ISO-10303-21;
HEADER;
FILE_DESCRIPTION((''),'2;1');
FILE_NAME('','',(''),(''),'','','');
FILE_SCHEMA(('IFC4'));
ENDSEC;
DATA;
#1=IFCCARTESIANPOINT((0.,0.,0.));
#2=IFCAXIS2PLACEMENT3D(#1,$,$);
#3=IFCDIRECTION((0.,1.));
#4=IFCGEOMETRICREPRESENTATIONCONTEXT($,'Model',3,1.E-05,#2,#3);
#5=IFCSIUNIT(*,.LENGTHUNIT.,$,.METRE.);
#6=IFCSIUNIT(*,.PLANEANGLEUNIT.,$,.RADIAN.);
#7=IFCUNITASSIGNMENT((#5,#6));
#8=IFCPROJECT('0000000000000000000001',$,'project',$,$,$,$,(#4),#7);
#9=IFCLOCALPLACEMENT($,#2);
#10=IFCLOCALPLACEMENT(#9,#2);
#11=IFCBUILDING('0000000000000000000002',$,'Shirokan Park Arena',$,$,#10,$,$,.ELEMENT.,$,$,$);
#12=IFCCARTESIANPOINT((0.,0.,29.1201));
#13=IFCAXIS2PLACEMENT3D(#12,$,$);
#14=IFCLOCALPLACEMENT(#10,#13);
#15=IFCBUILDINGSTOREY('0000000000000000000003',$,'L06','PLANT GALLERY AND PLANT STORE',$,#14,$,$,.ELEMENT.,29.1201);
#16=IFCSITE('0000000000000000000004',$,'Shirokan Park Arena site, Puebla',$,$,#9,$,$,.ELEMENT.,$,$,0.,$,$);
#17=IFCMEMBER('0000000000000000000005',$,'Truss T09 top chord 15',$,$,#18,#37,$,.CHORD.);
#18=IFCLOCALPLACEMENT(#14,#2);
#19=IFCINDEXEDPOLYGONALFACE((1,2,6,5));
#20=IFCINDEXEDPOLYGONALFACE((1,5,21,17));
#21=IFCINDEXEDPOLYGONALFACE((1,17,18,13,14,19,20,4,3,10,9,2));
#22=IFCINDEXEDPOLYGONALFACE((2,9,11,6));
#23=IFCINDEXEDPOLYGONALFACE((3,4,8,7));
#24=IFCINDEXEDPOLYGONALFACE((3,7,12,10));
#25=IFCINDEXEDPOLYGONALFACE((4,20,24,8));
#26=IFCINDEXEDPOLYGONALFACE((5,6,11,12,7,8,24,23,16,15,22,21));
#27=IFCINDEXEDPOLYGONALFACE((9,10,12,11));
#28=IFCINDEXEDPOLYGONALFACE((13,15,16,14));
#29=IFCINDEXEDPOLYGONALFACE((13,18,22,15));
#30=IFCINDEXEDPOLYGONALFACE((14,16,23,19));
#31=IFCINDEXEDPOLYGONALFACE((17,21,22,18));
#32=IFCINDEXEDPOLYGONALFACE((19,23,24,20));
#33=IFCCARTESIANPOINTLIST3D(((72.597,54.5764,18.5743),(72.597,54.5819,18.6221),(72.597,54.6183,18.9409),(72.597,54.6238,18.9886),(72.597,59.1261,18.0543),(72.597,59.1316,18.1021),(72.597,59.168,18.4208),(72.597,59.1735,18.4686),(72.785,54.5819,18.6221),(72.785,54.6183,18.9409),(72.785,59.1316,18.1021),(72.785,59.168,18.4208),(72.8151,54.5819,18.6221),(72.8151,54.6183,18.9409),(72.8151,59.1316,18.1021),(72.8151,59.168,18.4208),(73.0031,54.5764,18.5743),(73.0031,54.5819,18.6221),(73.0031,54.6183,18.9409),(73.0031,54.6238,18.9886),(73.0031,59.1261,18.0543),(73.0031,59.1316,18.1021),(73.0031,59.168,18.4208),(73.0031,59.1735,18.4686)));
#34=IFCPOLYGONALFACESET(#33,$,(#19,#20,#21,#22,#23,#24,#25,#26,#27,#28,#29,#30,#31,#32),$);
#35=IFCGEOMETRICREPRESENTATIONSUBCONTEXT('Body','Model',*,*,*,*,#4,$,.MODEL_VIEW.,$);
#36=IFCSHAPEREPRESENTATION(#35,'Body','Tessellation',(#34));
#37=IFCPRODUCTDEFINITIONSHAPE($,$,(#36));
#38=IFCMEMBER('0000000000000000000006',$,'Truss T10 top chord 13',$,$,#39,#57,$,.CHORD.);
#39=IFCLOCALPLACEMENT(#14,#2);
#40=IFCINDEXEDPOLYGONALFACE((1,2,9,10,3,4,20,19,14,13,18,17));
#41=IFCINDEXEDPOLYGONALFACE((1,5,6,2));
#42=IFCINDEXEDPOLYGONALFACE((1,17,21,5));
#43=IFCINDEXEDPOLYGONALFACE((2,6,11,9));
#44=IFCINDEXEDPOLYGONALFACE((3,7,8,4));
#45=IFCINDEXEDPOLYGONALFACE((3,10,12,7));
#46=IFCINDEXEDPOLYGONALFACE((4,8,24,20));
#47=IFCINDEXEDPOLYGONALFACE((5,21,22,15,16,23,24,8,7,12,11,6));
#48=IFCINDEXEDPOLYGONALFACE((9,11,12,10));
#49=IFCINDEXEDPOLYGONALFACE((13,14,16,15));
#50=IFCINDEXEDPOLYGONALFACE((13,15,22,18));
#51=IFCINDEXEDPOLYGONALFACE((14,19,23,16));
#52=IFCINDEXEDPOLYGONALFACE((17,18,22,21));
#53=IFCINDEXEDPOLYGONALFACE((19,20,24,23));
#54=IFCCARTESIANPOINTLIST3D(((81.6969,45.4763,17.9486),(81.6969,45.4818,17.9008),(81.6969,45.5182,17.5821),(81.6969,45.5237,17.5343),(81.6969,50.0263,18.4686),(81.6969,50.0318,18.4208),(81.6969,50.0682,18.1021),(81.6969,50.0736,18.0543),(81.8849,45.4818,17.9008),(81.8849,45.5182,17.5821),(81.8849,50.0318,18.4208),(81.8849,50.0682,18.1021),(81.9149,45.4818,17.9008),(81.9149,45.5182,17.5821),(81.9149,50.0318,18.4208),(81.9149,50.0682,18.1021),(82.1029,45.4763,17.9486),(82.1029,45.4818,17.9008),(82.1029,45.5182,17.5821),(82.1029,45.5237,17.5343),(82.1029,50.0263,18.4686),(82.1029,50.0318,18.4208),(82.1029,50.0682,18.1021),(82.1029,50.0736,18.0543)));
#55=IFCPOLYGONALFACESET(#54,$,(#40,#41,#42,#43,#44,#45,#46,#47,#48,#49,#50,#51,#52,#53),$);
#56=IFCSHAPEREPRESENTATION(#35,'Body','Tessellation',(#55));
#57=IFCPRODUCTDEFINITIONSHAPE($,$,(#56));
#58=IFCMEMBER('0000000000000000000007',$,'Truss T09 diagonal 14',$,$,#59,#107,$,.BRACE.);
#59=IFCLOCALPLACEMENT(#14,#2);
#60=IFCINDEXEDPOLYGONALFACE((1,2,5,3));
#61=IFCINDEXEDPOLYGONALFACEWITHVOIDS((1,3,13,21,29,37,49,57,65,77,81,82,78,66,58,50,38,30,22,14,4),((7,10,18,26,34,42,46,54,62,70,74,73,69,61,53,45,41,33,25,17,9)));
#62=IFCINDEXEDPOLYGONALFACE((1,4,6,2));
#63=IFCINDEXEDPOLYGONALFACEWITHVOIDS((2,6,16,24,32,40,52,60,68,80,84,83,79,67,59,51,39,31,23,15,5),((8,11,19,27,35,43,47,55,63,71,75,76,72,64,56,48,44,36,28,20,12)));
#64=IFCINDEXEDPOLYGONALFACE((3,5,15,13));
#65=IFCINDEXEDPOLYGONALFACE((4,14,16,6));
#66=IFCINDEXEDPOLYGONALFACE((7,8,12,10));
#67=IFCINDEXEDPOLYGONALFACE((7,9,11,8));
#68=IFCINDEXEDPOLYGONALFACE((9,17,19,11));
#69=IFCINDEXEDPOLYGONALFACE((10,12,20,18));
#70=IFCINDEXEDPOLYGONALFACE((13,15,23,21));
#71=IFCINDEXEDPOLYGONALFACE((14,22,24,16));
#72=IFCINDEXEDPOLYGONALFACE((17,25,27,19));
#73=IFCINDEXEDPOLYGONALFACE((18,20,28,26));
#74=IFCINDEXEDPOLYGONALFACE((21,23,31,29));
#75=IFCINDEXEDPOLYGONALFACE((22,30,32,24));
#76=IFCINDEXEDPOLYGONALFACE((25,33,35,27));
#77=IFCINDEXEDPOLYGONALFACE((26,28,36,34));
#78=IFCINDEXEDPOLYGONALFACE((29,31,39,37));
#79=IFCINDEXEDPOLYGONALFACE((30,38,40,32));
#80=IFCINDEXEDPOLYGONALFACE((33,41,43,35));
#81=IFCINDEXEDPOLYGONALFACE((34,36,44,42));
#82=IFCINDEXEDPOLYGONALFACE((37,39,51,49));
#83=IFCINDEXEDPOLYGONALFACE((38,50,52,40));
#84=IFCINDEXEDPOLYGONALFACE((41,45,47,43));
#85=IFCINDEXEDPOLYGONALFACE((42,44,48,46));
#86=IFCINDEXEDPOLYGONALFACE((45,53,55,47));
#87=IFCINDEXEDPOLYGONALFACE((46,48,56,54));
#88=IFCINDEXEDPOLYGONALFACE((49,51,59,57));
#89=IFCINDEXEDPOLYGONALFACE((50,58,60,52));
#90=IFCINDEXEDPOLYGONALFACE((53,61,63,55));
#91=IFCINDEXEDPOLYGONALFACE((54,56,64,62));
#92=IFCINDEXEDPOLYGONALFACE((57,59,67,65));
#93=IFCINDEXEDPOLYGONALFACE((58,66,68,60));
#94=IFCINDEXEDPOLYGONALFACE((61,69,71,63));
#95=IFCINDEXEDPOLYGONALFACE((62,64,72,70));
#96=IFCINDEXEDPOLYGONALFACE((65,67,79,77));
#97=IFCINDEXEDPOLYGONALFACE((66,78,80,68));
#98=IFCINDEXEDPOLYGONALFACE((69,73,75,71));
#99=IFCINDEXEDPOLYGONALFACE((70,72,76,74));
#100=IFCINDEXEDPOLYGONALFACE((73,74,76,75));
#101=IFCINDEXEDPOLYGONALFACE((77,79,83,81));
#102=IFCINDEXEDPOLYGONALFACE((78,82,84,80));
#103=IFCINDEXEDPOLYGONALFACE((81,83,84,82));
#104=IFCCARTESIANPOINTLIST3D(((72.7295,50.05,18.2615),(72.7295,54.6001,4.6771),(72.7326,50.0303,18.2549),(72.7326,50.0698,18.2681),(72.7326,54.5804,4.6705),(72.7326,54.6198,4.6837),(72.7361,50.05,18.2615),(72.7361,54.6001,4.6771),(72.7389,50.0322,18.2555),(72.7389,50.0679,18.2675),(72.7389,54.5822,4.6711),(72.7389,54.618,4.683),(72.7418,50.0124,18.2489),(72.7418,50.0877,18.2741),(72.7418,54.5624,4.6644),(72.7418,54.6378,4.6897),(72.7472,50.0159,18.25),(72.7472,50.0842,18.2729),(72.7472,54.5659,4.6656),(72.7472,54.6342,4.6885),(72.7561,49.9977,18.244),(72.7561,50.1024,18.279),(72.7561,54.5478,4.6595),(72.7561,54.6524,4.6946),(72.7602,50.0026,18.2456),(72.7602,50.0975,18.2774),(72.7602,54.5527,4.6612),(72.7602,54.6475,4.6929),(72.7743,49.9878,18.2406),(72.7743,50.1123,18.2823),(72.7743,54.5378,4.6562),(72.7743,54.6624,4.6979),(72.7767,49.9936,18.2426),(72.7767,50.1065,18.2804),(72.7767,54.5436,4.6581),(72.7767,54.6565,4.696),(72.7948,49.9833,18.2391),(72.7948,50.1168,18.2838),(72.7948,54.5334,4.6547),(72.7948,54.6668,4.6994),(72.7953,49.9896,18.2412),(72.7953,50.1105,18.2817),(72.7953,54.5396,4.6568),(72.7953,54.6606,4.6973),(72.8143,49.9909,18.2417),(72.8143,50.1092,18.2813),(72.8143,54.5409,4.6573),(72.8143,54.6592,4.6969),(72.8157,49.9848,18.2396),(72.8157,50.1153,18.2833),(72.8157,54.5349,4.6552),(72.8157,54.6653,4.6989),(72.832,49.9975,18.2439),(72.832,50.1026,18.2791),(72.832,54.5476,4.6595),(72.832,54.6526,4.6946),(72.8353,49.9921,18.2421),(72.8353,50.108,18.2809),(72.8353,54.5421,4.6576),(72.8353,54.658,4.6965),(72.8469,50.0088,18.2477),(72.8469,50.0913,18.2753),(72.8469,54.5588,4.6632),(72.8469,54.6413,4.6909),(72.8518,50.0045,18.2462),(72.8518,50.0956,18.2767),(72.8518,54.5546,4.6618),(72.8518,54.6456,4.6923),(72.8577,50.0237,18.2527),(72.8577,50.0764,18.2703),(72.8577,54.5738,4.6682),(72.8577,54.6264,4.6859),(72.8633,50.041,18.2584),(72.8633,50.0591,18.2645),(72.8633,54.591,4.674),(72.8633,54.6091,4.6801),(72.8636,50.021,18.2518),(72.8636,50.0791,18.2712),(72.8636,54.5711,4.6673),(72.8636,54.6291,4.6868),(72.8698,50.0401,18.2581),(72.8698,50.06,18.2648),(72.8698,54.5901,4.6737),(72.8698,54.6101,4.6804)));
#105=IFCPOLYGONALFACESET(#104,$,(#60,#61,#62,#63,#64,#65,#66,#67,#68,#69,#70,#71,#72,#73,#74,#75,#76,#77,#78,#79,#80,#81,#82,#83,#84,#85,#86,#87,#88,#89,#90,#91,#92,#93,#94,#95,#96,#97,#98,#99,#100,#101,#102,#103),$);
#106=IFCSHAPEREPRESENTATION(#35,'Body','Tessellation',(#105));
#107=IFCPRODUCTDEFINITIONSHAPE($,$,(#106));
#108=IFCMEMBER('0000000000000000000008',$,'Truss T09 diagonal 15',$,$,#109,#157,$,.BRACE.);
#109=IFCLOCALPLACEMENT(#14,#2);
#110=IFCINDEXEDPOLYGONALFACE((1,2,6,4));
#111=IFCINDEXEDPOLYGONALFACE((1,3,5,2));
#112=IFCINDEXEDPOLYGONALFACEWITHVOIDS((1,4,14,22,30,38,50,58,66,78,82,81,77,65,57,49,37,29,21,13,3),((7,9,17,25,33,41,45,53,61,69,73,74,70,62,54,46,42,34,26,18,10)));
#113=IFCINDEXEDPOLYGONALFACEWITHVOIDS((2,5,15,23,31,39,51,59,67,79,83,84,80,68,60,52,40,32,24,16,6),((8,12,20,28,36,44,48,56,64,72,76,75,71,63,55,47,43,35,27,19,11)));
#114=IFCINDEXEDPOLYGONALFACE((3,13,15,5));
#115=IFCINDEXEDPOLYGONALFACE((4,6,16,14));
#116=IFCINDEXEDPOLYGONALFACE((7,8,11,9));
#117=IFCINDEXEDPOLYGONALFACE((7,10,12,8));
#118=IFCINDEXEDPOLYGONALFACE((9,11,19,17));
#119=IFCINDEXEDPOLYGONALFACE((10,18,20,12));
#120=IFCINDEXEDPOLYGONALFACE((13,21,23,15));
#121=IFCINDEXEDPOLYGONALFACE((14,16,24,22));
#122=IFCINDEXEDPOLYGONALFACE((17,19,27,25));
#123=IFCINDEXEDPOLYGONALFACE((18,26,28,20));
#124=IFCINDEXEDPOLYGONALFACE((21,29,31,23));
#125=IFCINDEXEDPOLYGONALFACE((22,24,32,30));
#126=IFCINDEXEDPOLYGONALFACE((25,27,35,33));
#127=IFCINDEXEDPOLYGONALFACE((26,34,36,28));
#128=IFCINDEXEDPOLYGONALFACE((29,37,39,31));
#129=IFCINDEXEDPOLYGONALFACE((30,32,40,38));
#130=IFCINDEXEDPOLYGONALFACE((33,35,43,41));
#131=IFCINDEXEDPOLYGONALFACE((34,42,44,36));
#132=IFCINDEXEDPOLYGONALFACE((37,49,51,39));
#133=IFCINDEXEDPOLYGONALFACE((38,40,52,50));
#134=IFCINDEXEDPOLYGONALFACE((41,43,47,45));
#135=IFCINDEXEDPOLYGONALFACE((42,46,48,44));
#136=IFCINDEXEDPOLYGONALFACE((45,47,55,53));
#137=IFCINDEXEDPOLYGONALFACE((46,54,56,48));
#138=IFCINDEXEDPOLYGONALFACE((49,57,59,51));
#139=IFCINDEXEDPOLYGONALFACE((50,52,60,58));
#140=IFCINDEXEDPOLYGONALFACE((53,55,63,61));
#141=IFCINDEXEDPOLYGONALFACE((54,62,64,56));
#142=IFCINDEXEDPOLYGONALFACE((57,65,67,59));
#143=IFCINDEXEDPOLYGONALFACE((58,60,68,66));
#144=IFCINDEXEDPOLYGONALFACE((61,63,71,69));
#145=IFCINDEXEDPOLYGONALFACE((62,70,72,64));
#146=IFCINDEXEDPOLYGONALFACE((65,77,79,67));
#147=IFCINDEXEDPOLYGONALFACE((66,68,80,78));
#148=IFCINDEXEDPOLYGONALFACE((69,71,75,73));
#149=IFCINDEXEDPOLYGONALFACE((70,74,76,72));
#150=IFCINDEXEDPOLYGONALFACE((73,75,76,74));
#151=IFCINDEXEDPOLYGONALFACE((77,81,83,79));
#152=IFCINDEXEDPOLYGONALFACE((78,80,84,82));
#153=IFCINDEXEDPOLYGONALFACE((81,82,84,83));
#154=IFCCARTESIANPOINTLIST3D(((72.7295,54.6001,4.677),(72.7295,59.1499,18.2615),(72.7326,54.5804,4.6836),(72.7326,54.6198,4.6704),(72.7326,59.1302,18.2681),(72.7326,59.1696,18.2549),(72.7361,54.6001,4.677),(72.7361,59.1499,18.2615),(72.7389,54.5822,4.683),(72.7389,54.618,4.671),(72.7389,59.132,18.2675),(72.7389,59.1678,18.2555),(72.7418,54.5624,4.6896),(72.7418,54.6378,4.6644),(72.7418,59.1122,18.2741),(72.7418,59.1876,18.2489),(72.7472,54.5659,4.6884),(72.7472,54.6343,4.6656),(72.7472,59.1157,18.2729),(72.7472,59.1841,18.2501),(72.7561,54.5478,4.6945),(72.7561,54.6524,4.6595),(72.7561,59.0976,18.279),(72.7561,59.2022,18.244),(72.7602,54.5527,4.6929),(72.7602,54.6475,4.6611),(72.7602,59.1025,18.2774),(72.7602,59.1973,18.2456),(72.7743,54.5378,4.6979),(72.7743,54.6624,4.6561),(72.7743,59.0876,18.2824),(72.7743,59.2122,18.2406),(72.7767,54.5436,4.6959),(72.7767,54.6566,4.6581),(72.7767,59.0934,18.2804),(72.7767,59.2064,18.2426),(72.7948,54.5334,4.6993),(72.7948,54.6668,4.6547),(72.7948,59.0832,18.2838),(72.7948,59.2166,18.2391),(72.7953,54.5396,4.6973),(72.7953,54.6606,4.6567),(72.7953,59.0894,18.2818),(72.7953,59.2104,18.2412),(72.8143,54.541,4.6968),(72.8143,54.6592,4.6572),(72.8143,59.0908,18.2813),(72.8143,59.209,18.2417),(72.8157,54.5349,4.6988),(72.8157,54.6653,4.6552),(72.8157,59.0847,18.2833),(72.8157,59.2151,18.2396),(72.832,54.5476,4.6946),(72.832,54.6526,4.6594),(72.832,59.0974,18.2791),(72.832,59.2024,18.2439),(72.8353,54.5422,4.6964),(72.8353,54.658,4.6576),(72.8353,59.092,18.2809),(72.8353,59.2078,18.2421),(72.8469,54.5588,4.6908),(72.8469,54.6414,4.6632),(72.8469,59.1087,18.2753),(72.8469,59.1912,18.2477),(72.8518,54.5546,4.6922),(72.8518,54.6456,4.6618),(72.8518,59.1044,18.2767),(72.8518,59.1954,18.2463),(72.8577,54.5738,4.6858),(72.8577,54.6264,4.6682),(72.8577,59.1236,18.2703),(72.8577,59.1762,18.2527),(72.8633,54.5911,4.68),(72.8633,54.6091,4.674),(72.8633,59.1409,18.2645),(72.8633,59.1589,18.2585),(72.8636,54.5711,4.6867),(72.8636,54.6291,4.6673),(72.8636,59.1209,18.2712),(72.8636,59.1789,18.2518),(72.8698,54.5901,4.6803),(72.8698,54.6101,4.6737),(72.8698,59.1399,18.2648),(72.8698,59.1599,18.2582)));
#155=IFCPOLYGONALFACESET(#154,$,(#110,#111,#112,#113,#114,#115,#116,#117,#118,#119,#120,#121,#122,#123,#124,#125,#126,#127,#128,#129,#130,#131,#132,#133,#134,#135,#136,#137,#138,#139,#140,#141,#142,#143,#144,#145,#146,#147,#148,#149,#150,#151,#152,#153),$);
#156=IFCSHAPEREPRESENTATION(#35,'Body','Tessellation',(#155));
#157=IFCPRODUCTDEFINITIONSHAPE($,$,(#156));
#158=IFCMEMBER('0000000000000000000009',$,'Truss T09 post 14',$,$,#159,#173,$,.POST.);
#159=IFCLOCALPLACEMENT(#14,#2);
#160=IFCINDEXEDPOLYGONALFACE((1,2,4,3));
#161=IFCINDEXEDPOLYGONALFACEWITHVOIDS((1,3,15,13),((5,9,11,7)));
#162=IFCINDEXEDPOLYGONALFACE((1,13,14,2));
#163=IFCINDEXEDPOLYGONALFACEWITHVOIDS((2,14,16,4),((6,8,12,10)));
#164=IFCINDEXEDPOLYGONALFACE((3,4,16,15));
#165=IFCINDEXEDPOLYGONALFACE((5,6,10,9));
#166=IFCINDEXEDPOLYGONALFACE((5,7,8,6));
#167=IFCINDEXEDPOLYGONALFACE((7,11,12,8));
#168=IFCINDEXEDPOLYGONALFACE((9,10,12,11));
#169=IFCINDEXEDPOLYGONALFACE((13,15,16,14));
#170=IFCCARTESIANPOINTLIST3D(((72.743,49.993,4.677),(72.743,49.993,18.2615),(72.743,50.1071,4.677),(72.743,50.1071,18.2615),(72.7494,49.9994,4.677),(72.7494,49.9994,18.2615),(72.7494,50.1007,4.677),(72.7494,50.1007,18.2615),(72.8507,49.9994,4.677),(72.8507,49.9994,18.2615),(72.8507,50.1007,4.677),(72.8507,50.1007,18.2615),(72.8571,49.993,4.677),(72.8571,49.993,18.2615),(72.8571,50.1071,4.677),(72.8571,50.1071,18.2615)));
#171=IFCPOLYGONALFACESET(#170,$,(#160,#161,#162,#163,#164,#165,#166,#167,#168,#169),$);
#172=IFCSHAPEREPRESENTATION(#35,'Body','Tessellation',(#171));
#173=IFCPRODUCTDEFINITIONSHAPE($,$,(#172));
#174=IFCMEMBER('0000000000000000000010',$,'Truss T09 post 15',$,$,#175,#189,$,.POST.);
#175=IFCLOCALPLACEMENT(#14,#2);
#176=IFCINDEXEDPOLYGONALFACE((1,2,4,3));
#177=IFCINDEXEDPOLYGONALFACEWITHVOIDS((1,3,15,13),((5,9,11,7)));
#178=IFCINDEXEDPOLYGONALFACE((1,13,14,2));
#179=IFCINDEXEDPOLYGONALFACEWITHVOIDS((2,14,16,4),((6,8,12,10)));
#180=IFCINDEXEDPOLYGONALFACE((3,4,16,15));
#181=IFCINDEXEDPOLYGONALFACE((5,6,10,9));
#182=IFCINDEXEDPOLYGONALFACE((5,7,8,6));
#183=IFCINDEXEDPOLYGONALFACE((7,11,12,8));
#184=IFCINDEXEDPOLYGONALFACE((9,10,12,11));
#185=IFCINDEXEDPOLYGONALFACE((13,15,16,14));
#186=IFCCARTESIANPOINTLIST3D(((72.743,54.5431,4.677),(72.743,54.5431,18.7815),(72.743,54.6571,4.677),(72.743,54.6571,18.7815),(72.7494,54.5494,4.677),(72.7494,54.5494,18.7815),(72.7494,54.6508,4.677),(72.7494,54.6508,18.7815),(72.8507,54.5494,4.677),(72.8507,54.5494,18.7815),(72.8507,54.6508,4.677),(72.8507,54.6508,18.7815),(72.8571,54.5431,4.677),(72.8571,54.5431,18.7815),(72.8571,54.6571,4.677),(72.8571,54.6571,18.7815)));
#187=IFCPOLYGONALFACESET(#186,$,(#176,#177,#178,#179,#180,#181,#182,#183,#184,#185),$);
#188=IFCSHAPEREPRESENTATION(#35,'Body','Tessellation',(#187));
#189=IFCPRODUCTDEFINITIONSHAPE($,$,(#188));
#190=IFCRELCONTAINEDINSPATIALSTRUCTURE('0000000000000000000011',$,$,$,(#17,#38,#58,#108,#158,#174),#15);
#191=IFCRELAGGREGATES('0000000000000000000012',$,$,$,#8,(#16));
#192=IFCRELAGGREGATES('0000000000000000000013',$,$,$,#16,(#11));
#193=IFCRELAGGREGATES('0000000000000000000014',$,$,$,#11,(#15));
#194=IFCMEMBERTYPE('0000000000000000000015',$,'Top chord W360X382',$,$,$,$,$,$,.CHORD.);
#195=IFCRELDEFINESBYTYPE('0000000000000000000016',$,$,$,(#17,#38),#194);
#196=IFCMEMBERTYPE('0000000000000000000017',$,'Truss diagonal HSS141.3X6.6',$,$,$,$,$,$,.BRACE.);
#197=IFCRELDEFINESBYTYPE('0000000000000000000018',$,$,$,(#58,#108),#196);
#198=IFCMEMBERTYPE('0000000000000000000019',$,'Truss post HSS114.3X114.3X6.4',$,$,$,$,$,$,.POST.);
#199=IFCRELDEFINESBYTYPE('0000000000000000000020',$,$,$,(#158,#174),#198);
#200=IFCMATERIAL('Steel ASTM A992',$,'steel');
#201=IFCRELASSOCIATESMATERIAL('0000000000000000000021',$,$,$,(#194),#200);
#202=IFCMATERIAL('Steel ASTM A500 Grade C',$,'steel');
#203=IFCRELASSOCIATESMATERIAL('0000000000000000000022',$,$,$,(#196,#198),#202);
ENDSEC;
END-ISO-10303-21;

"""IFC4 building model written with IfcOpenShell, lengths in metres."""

from ifc_helpers import new_model, si_unit, direction, frame, origin, origin_2d, place, context, subcontext, project, spatial, hollow_rectangle, hollow_circle, i_section, extrude, material, material_profile, profile_set, type_object, element, save


model = new_model("IFC4")

# Units and contexts
model_context = context("Model", 3, precision=1e-05, world=origin(), true_north=direction((0.0, 1.0)))
body_context = subcontext(model_context, "Body", "Model", "MODEL_VIEW")
ifc_project = project(units=[si_unit("LENGTHUNIT", "METRE"), si_unit("PLANEANGLEUNIT", "RADIAN")], contexts=[model_context])

# Site, building, storey
site_placement = place(None, origin())
site = spatial("IfcSite", under=ifc_project, at=site_placement, Name="Shirokan Park Arena site, Puebla", CompositionType="ELEMENT", RefElevation=0.0)
building_placement = place(site_placement, origin())
building = spatial("IfcBuilding", under=site, at=building_placement, Name="Shirokan Park Arena", CompositionType="ELEMENT")
storey_placement = place(building_placement, frame((0.0, 0.0, 29.1201)))
storey = spatial("IfcBuildingStorey", under=building, at=storey_placement, Name="L06", Description="PLANT GALLERY AND PLANT STORE", CompositionType="ELEMENT", Elevation=29.1201)

# Members
ifc_material_1 = material(Name="Steel ASTM A992", Category="steel")
ifc_material_profile_1 = material_profile(ifc_material_1, i_section(OverallWidth=0.406, OverallDepth=0.417, WebThickness=0.03, FlangeThickness=0.0481, at=origin_2d()), Name="W360X382")
ifc_profile_set_1 = profile_set([ifc_material_profile_1], Name="Steel ASTM A992")
member_type_1 = type_object("IfcMemberType", Name="Top chord W360X382", PredefinedType="CHORD", material=ifc_profile_set_1)
member_1_placement = place(storey_placement, frame((72.8, 54.6001, 18.7815), z_axis=(0.0, 0.993532, -0.113556), x_axis=(-1.0, 0.0, 0.0)))
element("IfcMember", 1, at=member_1_placement, inside=storey, type_object=member_type_1, Name="Truss T09 top chord 15", PredefinedType="CHORD", context=body_context, shape_type="SweptSolid", body=[
    extrude(i_section(OverallWidth=0.406, OverallDepth=0.417, WebThickness=0.03, FlangeThickness=0.0481, at=origin_2d()), origin(), (0.0, 0.0, 1.0), 4.5793),
])
member_2_placement = place(storey_placement, frame((81.8999, 45.5, 17.7415), z_axis=(0.0, 0.993532, 0.11355), x_axis=(-1.0, 0.0, 0.0)))
element("IfcMember", 2, at=member_2_placement, inside=storey, type_object=member_type_1, Name="Truss T10 top chord 13", PredefinedType="CHORD", context=body_context, shape_type="SweptSolid", body=[
    extrude(i_section(OverallWidth=0.406, OverallDepth=0.417, WebThickness=0.03, FlangeThickness=0.0481, at=origin_2d()), origin(), (0.0, 0.0, 1.0), 4.5796),
])
ifc_material_2 = material(Name="Steel ASTM A500 Grade C", Category="steel")
ifc_material_profile_2 = material_profile(ifc_material_2, hollow_circle(Radius=0.0706, WallThickness=0.0066, at=origin_2d()), Name="HSS141.3X6.6")
ifc_profile_set_2 = profile_set([ifc_material_profile_2], Name="Steel ASTM A500 Grade C")
member_type_2 = type_object("IfcMemberType", Name="Truss diagonal HSS141.3X6.6", PredefinedType="BRACE", material=ifc_profile_set_2)
for number, where, z_axis, x_axis, name in (
    (3, (72.8, 50.05, 18.2615), (0.0, 0.317603, -0.948224), (-1.0, 0.0, 0.0), "Truss T09 diagonal 14"),
    (4, (72.8, 54.6001, 4.677), (0.0, 0.317587, 0.948229), (-1.0, 0.0, 0.0), "Truss T09 diagonal 15"),
):
    element("IfcMember", number, at=place(storey_placement, frame(where, z_axis=z_axis, x_axis=x_axis)), inside=storey, type_object=member_type_2, Name=name, PredefinedType="BRACE", context=body_context, shape_type="SweptSolid", body=[
        extrude(hollow_circle(Radius=0.0706, WallThickness=0.0066, at=origin_2d()), origin(), (0.0, 0.0, 1.0), 14.3262),
    ])
ifc_material_profile_3 = material_profile(ifc_material_2, hollow_rectangle(XDim=0.114, YDim=0.114, WallThickness=0.0063, at=origin_2d()), Name="HSS114.3X114.3X6.4")
ifc_profile_set_3 = profile_set([ifc_material_profile_3], Name="Steel ASTM A500 Grade C")
member_type_3 = type_object("IfcMemberType", Name="Truss post HSS114.3X114.3X6.4", PredefinedType="POST", material=ifc_profile_set_3)
member_3_placement = place(storey_placement, frame((72.8, 50.05, 4.677), z_axis=(0.0, 0.0, 1.0), x_axis=(1.0, 0.0, 0.0)))
element("IfcMember", 5, at=member_3_placement, inside=storey, type_object=member_type_3, Name="Truss T09 post 14", PredefinedType="POST", context=body_context, shape_type="SweptSolid", body=[
    extrude(hollow_rectangle(XDim=0.114, YDim=0.114, WallThickness=0.0063, at=origin_2d()), origin(), (0.0, 0.0, 1.0), 13.5845),
])
member_4_placement = place(storey_placement, frame((72.8, 54.6001, 4.677), z_axis=(0.0, 0.0, 1.0), x_axis=(1.0, 0.0, 0.0)))
element("IfcMember", 6, at=member_4_placement, inside=storey, type_object=member_type_3, Name="Truss T09 post 15", PredefinedType="POST", context=body_context, shape_type="SweptSolid", body=[
    extrude(hollow_rectangle(XDim=0.114, YDim=0.114, WallThickness=0.0063, at=origin_2d()), origin(), (0.0, 0.0, 1.0), 14.1045),
])

save(model, "model.ifc")
